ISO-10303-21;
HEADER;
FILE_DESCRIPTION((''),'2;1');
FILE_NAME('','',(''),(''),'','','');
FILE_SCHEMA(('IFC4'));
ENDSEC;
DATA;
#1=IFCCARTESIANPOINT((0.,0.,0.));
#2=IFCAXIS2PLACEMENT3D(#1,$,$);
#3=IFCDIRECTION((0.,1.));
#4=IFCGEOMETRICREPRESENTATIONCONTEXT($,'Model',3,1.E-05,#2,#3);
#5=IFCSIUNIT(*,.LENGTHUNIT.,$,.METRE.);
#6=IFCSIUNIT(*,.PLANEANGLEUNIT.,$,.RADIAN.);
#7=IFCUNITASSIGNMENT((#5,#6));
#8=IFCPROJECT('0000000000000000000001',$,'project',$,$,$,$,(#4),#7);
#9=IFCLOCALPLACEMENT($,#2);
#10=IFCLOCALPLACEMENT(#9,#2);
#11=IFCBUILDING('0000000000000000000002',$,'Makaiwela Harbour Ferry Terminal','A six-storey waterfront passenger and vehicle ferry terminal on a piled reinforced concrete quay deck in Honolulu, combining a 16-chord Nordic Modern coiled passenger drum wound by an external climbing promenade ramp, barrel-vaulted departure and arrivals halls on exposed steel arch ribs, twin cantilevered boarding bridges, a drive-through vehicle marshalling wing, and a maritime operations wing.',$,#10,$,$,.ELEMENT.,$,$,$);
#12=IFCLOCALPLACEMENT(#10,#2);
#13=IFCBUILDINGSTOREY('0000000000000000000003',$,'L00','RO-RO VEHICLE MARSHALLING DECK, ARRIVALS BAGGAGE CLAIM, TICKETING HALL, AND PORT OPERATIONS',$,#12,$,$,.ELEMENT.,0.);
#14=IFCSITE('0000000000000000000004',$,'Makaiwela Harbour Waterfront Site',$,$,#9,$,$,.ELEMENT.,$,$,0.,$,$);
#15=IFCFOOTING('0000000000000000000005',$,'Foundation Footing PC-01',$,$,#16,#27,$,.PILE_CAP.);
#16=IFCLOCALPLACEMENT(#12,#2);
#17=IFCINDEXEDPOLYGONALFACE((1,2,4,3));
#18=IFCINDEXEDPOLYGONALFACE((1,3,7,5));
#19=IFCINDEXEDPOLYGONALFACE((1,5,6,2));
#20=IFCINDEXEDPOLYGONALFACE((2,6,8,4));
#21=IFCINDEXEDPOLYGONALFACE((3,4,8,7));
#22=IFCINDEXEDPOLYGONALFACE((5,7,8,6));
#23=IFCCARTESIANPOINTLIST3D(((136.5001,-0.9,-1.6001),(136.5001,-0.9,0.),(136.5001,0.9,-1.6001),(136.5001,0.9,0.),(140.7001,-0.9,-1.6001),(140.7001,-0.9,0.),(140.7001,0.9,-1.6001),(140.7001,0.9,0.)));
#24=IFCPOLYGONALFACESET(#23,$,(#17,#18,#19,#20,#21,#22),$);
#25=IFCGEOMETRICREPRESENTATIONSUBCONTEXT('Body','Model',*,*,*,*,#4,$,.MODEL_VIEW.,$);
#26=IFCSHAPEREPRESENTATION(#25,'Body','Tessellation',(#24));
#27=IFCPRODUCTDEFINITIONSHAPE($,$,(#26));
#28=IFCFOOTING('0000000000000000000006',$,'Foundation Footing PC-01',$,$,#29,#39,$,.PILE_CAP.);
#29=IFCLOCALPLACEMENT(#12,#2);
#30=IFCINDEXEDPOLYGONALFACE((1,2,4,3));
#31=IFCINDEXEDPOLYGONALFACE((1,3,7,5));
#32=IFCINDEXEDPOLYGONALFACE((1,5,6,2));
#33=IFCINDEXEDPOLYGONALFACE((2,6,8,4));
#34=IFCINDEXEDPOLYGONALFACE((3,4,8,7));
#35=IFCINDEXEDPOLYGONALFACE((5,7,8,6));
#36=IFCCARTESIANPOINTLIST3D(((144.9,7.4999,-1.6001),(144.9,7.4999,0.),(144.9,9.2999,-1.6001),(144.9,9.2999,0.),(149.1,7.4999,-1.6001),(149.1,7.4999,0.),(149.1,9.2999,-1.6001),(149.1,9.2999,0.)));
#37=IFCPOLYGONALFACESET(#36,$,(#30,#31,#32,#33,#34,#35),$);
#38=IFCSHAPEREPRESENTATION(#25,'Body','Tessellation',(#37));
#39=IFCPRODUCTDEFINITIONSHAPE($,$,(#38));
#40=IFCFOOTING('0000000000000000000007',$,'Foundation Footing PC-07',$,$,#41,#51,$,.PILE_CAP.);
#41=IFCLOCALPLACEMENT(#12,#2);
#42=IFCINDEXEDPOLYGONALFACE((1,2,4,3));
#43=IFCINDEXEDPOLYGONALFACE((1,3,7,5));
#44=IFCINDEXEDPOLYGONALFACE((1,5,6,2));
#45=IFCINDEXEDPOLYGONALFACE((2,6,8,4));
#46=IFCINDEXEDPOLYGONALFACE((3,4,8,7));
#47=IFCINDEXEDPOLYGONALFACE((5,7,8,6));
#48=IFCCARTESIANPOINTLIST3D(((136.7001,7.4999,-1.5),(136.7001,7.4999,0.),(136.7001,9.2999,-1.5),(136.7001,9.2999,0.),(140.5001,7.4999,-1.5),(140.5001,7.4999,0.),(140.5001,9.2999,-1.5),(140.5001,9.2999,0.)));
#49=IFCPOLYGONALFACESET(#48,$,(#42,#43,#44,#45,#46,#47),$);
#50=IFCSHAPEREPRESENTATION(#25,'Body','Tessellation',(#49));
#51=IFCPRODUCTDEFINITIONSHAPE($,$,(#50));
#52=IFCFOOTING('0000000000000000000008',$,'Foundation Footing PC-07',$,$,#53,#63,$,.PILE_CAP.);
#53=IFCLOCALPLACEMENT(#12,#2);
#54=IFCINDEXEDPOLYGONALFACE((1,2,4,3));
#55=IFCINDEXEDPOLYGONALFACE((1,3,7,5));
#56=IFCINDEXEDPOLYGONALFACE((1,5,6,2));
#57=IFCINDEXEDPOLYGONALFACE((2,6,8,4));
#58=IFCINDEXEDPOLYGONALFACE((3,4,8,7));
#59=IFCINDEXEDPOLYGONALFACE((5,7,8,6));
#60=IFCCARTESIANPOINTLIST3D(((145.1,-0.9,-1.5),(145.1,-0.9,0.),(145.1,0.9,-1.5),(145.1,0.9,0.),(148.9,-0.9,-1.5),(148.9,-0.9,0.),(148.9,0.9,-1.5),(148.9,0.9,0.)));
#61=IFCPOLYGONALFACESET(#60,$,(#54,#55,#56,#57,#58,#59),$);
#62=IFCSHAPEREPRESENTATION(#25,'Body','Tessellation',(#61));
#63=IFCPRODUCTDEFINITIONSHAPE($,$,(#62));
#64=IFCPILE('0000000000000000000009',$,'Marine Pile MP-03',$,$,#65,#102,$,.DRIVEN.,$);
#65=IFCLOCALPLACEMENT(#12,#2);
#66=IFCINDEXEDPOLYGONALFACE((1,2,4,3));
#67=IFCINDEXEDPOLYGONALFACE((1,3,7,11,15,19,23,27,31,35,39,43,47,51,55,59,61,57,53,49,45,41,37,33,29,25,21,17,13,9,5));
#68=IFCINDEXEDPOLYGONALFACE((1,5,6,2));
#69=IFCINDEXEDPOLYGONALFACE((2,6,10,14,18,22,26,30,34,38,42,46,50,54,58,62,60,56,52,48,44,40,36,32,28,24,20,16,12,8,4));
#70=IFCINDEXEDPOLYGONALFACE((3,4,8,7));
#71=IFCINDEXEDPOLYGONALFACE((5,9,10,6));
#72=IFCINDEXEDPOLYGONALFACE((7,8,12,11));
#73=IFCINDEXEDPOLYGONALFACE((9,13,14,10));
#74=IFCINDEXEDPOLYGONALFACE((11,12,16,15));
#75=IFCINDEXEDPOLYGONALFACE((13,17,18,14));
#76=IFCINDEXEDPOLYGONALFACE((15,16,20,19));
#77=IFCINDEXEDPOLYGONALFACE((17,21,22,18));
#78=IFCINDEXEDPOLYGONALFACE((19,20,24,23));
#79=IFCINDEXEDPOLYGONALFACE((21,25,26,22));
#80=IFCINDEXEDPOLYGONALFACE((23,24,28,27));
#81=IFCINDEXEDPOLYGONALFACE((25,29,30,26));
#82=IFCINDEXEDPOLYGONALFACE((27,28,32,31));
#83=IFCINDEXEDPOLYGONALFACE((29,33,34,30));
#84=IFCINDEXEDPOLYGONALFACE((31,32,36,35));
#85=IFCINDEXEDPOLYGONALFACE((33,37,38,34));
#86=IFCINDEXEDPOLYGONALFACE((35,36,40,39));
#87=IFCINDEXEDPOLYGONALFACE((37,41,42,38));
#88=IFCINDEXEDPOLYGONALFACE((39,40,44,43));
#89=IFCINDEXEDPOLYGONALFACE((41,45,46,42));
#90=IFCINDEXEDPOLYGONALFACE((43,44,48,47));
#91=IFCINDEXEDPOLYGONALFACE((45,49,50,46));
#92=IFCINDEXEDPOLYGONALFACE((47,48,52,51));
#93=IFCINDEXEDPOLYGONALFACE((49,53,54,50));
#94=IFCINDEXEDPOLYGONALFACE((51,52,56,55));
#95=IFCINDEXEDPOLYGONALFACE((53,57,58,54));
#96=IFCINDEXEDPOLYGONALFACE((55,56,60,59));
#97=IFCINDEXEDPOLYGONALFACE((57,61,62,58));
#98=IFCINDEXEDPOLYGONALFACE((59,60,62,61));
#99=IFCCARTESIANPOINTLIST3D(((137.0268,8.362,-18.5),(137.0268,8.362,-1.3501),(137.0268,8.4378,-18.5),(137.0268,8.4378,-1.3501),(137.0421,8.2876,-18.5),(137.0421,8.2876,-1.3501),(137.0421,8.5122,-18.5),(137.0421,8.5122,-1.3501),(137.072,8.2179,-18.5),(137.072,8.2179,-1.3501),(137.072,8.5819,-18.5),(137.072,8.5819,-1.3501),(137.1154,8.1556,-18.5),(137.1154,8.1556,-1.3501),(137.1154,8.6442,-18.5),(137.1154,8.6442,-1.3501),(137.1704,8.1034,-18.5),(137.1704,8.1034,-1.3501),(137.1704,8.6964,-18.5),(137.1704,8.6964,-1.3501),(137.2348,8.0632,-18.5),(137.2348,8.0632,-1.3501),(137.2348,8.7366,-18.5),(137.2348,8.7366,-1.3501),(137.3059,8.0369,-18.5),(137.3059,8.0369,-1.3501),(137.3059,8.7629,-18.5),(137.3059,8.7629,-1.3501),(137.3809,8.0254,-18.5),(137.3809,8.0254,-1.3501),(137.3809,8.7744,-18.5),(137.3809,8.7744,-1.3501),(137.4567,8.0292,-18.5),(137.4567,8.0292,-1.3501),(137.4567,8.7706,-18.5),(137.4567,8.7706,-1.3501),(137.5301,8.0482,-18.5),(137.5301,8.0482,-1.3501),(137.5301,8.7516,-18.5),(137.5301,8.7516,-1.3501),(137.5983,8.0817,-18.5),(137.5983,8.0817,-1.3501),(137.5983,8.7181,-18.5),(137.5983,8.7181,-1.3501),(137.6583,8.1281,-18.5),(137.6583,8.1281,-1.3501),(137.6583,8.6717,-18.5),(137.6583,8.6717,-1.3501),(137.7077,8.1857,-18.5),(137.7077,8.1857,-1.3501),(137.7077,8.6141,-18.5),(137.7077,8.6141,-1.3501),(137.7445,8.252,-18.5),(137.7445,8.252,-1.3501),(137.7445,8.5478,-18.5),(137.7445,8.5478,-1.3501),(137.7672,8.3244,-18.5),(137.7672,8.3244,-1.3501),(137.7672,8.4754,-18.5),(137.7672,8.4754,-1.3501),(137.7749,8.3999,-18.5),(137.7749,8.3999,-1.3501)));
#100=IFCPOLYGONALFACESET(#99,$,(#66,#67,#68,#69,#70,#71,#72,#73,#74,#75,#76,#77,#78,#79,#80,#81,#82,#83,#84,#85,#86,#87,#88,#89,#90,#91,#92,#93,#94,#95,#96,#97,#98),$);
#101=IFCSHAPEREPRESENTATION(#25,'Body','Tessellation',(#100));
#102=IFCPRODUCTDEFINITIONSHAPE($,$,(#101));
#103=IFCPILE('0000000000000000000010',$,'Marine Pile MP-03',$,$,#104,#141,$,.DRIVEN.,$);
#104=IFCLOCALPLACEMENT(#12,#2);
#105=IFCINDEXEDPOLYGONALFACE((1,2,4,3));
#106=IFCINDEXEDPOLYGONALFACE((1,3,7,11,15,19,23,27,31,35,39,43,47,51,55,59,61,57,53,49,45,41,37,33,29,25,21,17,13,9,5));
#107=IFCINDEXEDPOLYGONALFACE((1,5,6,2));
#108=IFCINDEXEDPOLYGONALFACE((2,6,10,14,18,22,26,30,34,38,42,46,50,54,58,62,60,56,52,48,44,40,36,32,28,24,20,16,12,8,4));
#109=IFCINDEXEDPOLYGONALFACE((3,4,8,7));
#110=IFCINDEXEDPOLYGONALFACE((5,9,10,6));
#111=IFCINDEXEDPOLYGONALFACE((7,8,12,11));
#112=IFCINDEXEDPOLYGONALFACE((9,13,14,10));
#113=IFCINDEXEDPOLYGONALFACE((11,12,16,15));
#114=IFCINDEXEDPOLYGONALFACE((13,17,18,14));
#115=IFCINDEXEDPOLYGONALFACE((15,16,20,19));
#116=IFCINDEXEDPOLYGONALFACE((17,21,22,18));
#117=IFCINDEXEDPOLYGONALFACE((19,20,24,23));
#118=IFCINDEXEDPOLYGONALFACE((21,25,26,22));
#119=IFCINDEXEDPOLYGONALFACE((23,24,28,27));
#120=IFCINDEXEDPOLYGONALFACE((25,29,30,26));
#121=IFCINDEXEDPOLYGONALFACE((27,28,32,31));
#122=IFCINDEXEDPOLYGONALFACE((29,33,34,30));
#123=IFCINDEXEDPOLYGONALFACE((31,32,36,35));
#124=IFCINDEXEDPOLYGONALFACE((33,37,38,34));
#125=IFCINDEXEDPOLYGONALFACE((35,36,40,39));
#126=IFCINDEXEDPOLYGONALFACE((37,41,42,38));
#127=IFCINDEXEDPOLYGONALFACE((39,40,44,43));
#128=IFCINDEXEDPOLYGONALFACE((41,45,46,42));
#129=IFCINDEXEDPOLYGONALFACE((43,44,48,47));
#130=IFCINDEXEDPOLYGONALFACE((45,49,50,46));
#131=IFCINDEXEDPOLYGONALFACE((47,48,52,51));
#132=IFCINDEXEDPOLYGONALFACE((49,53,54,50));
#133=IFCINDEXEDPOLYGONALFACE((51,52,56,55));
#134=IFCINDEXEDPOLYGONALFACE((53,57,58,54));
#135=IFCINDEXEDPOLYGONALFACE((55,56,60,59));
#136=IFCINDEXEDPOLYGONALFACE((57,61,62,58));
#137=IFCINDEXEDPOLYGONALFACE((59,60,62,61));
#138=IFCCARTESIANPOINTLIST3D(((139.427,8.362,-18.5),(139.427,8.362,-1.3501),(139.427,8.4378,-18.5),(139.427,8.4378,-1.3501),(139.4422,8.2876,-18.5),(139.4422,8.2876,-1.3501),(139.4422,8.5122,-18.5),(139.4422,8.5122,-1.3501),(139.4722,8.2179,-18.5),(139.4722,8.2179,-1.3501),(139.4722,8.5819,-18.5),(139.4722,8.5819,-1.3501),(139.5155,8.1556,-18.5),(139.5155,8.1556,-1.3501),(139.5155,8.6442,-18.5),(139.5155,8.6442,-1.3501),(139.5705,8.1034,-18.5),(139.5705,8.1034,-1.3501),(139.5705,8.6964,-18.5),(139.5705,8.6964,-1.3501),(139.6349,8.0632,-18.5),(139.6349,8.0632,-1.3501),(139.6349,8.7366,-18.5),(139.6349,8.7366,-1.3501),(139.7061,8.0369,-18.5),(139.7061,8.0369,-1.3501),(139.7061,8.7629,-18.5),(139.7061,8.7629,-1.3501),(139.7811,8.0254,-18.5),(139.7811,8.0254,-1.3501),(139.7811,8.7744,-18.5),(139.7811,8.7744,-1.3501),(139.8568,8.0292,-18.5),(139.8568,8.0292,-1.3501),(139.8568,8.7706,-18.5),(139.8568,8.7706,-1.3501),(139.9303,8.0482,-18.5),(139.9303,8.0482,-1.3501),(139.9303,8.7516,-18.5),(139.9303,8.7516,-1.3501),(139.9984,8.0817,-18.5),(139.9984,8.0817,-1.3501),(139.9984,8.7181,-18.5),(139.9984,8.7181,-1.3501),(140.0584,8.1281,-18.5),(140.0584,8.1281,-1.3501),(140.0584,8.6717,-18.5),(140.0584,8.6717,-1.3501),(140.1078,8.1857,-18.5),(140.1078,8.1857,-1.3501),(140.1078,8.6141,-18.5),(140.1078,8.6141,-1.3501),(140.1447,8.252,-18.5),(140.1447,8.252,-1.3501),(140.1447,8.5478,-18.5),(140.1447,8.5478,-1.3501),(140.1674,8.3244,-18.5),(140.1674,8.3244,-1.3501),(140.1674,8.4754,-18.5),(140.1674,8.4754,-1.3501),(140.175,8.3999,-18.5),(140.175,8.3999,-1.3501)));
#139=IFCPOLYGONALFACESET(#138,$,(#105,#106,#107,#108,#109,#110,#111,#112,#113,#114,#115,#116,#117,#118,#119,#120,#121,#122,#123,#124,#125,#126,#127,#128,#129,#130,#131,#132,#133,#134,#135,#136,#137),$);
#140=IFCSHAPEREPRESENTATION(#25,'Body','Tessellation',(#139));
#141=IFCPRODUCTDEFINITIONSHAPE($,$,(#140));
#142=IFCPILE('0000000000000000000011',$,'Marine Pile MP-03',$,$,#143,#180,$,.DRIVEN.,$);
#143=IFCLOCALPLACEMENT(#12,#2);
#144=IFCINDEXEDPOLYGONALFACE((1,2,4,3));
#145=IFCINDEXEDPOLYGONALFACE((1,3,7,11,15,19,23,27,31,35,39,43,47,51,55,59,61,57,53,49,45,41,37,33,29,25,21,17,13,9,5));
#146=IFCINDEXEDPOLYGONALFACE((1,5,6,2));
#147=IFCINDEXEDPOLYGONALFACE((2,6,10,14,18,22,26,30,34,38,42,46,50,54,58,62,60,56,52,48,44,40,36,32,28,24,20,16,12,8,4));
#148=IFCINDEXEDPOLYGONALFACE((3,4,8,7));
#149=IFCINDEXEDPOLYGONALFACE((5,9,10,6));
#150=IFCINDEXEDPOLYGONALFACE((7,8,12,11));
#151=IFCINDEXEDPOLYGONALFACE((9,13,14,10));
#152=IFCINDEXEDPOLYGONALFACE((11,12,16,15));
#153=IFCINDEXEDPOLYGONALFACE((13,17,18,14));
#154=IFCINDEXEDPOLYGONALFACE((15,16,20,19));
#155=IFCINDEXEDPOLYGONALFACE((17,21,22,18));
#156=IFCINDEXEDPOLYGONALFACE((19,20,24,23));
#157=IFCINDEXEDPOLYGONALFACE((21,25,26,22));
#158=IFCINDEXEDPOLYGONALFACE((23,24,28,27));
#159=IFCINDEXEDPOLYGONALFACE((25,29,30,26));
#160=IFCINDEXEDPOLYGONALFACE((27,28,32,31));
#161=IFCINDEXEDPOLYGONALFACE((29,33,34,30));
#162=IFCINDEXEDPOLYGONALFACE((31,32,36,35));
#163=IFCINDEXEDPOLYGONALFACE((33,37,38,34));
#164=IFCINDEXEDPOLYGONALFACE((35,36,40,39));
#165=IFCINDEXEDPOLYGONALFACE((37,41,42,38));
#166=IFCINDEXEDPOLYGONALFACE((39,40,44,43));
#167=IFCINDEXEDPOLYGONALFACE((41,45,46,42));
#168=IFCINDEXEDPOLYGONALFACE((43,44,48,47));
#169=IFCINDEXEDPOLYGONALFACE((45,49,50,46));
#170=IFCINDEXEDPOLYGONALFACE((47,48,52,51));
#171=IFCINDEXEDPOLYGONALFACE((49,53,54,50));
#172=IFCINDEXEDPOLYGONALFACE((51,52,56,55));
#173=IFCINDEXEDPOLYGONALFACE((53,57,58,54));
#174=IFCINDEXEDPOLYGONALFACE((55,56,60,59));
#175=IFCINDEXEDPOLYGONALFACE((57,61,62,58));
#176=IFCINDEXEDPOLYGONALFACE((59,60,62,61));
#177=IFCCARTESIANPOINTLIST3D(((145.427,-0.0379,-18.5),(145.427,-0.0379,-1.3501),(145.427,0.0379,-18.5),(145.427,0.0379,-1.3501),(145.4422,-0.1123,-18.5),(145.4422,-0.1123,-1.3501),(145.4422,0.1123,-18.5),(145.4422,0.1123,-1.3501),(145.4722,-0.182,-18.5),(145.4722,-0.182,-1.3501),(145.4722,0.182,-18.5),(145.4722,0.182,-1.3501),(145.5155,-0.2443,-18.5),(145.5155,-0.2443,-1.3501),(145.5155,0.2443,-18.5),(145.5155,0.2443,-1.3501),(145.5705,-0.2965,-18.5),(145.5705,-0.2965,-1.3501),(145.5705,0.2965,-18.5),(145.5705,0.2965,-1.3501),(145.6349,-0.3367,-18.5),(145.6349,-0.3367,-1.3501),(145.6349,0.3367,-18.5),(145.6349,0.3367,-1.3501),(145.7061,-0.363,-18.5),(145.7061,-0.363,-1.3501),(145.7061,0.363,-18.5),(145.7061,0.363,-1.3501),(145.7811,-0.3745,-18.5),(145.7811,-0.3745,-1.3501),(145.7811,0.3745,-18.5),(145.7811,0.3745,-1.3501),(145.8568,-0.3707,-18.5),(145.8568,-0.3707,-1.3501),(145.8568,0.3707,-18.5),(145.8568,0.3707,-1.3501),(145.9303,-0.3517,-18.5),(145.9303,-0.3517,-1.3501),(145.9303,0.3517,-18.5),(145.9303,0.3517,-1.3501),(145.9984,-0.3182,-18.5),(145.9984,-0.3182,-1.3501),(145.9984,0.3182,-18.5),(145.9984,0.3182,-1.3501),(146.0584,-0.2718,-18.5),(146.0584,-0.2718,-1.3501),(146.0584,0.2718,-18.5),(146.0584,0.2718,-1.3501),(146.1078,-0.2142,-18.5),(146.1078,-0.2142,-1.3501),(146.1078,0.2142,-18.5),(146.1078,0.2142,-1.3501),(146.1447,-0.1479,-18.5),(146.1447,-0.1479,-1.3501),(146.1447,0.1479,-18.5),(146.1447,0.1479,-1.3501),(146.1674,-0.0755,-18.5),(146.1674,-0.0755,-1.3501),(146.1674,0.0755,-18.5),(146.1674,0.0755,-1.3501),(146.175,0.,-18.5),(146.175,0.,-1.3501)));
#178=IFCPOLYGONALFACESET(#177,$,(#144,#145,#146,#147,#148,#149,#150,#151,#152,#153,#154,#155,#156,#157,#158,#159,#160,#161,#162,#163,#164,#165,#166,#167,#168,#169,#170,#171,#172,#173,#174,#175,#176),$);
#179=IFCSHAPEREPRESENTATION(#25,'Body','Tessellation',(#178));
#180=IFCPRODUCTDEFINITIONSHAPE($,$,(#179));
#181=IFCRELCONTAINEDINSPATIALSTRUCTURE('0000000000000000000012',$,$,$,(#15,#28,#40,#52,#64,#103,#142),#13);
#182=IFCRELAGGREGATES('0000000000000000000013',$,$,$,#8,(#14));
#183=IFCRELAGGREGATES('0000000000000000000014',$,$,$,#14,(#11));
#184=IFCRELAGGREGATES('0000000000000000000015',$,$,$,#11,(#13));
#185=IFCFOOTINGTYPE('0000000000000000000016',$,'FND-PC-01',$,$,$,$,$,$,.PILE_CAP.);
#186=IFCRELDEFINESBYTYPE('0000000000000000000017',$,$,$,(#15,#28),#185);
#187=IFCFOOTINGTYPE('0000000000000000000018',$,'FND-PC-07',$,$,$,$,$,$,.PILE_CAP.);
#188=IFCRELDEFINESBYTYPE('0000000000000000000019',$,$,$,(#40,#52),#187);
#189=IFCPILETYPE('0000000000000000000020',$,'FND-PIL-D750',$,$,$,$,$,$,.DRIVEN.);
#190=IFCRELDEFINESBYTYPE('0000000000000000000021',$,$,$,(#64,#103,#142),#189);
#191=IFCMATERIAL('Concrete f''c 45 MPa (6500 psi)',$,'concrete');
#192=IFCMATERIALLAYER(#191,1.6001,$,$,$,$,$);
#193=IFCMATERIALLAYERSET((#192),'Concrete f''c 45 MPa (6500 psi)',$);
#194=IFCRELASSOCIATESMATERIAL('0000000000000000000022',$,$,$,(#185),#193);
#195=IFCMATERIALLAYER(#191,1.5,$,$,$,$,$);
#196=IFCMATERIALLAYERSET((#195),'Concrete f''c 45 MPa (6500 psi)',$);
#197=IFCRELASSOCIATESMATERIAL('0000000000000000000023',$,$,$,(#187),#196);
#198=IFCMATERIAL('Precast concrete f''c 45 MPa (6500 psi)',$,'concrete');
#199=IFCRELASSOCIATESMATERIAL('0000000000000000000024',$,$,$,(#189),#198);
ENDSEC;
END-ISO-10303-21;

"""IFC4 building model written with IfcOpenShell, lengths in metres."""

from ifc_helpers import new_model, si_unit, direction, frame, origin, origin_2d, place, context, subcontext, project, spatial, rectangle, circle, extrude, material, layer, layer_set, material_profile, profile_set, type_object, element, save


model = new_model("IFC4")

# Units and contexts
model_context = context("Model", 3, precision=1e-05, world=origin(), true_north=direction((0.0, 1.0)))
body_context = subcontext(model_context, "Body", "Model", "MODEL_VIEW")
ifc_project = project(units=[si_unit("LENGTHUNIT", "METRE"), si_unit("PLANEANGLEUNIT", "RADIAN")], contexts=[model_context])

# Site, building, storey
site_placement = place(None, origin())
site = spatial("IfcSite", under=ifc_project, at=site_placement, Name="Makaiwela Harbour Waterfront Site", CompositionType="ELEMENT", RefElevation=0.0)
building_placement = place(site_placement, origin())
building = spatial("IfcBuilding", under=site, at=building_placement, Name="Makaiwela Harbour Ferry Terminal", Description="A six-storey waterfront passenger and vehicle ferry terminal on a piled reinforced concrete quay deck in Honolulu, combining a 16-chord Nordic Modern coiled passenger drum wound by an external climbing promenade ramp, barrel-vaulted departure and arrivals halls on exposed steel arch ribs, twin cantilevered boarding bridges, a drive-through vehicle marshalling wing, and a maritime operations wing.", CompositionType="ELEMENT")
storey_placement = place(building_placement, origin())
storey = spatial("IfcBuildingStorey", under=building, at=storey_placement, Name="L00", Description="RO-RO VEHICLE MARSHALLING DECK, ARRIVALS BAGGAGE CLAIM, TICKETING HALL, AND PORT OPERATIONS", CompositionType="ELEMENT", Elevation=0.0)

# Footings
ifc_material_1 = material(Name="Concrete f'c 45 MPa (6500 psi)", Category="concrete")
ifc_layer_1 = layer(ifc_material_1, 1.6001)
ifc_layer_set_1 = layer_set([ifc_layer_1], Name="Concrete f'c 45 MPa (6500 psi)")
footing_type_1 = type_object("IfcFootingType", Name="FND-PC-01", PredefinedType="PILE_CAP", material=ifc_layer_set_1)
for number, where, z_axis, x_axis, name in (
    (1, (138.6001, 0.0, -1.6001), (0.0, 0.0, 1.0), (1.0, 0.0, 0.0), "Foundation Footing PC-01"),
    (2, (147.0, 8.3999, -1.6001), (0.0, 0.0, 1.0), (1.0, 0.0, 0.0), "Foundation Footing PC-01"),
):
    element("IfcFooting", number, at=place(storey_placement, frame(where, z_axis=z_axis, x_axis=x_axis)), inside=storey, type_object=footing_type_1, Name=name, PredefinedType="PILE_CAP", context=body_context, shape_type="SweptSolid", body=[
        extrude(rectangle(XDim=4.2, YDim=1.8, at=origin_2d()), origin(), (0.0, 0.0, 1.0), 1.6001),
    ])
ifc_layer_2 = layer(ifc_material_1, 1.5)
ifc_layer_set_2 = layer_set([ifc_layer_2], Name="Concrete f'c 45 MPa (6500 psi)")
footing_type_2 = type_object("IfcFootingType", Name="FND-PC-07", PredefinedType="PILE_CAP", material=ifc_layer_set_2)
for number, where, z_axis, x_axis, name in (
    (3, (138.6001, 8.3999, -1.5), (0.0, 0.0, 1.0), (1.0, 0.0, 0.0), "Foundation Footing PC-07"),
    (4, (147.0, 0.0, -1.5), (0.0, 0.0, 1.0), (1.0, 0.0, 0.0), "Foundation Footing PC-07"),
):
    element("IfcFooting", number, at=place(storey_placement, frame(where, z_axis=z_axis, x_axis=x_axis)), inside=storey, type_object=footing_type_2, Name=name, PredefinedType="PILE_CAP", context=body_context, shape_type="SweptSolid", body=[
        extrude(rectangle(XDim=3.8, YDim=1.8, at=origin_2d()), origin(), (0.0, 0.0, 1.0), 1.5),
    ])

# Piles
ifc_material_2 = material(Name="Precast concrete f'c 45 MPa (6500 psi)", Category="concrete")
ifc_material_profile_1 = material_profile(ifc_material_2, circle(Radius=0.375, at=origin_2d()), Name="PILE-D750")
ifc_profile_set_1 = profile_set([ifc_material_profile_1], Name="Precast concrete f'c 45 MPa (6500 psi)")
pile_type_1 = type_object("IfcPileType", Name="FND-PIL-D750", PredefinedType="DRIVEN", material=ifc_profile_set_1)
for number, where, z_axis, x_axis, name in (
    (5, (137.3999, 8.3999, -1.3501), (0.0, 0.0, -1.0), (1.0, 0.0, 0.0), "Marine Pile MP-03"),
    (6, (139.8, 8.3999, -1.3501), (0.0, 0.0, -1.0), (1.0, 0.0, 0.0), "Marine Pile MP-03"),
    (7, (145.8, 0.0, -1.3501), (0.0, 0.0, -1.0), (1.0, 0.0, 0.0), "Marine Pile MP-03"),
):
    element("IfcPile", number, at=place(storey_placement, frame(where, z_axis=z_axis, x_axis=x_axis)), inside=storey, type_object=pile_type_1, Name=name, PredefinedType="DRIVEN", context=body_context, shape_type="SweptSolid", body=[
        extrude(circle(Radius=0.375, at=origin_2d()), origin(), (0.0, 0.0, 1.0), 17.1499),
    ])

save(model, "model.ifc")
